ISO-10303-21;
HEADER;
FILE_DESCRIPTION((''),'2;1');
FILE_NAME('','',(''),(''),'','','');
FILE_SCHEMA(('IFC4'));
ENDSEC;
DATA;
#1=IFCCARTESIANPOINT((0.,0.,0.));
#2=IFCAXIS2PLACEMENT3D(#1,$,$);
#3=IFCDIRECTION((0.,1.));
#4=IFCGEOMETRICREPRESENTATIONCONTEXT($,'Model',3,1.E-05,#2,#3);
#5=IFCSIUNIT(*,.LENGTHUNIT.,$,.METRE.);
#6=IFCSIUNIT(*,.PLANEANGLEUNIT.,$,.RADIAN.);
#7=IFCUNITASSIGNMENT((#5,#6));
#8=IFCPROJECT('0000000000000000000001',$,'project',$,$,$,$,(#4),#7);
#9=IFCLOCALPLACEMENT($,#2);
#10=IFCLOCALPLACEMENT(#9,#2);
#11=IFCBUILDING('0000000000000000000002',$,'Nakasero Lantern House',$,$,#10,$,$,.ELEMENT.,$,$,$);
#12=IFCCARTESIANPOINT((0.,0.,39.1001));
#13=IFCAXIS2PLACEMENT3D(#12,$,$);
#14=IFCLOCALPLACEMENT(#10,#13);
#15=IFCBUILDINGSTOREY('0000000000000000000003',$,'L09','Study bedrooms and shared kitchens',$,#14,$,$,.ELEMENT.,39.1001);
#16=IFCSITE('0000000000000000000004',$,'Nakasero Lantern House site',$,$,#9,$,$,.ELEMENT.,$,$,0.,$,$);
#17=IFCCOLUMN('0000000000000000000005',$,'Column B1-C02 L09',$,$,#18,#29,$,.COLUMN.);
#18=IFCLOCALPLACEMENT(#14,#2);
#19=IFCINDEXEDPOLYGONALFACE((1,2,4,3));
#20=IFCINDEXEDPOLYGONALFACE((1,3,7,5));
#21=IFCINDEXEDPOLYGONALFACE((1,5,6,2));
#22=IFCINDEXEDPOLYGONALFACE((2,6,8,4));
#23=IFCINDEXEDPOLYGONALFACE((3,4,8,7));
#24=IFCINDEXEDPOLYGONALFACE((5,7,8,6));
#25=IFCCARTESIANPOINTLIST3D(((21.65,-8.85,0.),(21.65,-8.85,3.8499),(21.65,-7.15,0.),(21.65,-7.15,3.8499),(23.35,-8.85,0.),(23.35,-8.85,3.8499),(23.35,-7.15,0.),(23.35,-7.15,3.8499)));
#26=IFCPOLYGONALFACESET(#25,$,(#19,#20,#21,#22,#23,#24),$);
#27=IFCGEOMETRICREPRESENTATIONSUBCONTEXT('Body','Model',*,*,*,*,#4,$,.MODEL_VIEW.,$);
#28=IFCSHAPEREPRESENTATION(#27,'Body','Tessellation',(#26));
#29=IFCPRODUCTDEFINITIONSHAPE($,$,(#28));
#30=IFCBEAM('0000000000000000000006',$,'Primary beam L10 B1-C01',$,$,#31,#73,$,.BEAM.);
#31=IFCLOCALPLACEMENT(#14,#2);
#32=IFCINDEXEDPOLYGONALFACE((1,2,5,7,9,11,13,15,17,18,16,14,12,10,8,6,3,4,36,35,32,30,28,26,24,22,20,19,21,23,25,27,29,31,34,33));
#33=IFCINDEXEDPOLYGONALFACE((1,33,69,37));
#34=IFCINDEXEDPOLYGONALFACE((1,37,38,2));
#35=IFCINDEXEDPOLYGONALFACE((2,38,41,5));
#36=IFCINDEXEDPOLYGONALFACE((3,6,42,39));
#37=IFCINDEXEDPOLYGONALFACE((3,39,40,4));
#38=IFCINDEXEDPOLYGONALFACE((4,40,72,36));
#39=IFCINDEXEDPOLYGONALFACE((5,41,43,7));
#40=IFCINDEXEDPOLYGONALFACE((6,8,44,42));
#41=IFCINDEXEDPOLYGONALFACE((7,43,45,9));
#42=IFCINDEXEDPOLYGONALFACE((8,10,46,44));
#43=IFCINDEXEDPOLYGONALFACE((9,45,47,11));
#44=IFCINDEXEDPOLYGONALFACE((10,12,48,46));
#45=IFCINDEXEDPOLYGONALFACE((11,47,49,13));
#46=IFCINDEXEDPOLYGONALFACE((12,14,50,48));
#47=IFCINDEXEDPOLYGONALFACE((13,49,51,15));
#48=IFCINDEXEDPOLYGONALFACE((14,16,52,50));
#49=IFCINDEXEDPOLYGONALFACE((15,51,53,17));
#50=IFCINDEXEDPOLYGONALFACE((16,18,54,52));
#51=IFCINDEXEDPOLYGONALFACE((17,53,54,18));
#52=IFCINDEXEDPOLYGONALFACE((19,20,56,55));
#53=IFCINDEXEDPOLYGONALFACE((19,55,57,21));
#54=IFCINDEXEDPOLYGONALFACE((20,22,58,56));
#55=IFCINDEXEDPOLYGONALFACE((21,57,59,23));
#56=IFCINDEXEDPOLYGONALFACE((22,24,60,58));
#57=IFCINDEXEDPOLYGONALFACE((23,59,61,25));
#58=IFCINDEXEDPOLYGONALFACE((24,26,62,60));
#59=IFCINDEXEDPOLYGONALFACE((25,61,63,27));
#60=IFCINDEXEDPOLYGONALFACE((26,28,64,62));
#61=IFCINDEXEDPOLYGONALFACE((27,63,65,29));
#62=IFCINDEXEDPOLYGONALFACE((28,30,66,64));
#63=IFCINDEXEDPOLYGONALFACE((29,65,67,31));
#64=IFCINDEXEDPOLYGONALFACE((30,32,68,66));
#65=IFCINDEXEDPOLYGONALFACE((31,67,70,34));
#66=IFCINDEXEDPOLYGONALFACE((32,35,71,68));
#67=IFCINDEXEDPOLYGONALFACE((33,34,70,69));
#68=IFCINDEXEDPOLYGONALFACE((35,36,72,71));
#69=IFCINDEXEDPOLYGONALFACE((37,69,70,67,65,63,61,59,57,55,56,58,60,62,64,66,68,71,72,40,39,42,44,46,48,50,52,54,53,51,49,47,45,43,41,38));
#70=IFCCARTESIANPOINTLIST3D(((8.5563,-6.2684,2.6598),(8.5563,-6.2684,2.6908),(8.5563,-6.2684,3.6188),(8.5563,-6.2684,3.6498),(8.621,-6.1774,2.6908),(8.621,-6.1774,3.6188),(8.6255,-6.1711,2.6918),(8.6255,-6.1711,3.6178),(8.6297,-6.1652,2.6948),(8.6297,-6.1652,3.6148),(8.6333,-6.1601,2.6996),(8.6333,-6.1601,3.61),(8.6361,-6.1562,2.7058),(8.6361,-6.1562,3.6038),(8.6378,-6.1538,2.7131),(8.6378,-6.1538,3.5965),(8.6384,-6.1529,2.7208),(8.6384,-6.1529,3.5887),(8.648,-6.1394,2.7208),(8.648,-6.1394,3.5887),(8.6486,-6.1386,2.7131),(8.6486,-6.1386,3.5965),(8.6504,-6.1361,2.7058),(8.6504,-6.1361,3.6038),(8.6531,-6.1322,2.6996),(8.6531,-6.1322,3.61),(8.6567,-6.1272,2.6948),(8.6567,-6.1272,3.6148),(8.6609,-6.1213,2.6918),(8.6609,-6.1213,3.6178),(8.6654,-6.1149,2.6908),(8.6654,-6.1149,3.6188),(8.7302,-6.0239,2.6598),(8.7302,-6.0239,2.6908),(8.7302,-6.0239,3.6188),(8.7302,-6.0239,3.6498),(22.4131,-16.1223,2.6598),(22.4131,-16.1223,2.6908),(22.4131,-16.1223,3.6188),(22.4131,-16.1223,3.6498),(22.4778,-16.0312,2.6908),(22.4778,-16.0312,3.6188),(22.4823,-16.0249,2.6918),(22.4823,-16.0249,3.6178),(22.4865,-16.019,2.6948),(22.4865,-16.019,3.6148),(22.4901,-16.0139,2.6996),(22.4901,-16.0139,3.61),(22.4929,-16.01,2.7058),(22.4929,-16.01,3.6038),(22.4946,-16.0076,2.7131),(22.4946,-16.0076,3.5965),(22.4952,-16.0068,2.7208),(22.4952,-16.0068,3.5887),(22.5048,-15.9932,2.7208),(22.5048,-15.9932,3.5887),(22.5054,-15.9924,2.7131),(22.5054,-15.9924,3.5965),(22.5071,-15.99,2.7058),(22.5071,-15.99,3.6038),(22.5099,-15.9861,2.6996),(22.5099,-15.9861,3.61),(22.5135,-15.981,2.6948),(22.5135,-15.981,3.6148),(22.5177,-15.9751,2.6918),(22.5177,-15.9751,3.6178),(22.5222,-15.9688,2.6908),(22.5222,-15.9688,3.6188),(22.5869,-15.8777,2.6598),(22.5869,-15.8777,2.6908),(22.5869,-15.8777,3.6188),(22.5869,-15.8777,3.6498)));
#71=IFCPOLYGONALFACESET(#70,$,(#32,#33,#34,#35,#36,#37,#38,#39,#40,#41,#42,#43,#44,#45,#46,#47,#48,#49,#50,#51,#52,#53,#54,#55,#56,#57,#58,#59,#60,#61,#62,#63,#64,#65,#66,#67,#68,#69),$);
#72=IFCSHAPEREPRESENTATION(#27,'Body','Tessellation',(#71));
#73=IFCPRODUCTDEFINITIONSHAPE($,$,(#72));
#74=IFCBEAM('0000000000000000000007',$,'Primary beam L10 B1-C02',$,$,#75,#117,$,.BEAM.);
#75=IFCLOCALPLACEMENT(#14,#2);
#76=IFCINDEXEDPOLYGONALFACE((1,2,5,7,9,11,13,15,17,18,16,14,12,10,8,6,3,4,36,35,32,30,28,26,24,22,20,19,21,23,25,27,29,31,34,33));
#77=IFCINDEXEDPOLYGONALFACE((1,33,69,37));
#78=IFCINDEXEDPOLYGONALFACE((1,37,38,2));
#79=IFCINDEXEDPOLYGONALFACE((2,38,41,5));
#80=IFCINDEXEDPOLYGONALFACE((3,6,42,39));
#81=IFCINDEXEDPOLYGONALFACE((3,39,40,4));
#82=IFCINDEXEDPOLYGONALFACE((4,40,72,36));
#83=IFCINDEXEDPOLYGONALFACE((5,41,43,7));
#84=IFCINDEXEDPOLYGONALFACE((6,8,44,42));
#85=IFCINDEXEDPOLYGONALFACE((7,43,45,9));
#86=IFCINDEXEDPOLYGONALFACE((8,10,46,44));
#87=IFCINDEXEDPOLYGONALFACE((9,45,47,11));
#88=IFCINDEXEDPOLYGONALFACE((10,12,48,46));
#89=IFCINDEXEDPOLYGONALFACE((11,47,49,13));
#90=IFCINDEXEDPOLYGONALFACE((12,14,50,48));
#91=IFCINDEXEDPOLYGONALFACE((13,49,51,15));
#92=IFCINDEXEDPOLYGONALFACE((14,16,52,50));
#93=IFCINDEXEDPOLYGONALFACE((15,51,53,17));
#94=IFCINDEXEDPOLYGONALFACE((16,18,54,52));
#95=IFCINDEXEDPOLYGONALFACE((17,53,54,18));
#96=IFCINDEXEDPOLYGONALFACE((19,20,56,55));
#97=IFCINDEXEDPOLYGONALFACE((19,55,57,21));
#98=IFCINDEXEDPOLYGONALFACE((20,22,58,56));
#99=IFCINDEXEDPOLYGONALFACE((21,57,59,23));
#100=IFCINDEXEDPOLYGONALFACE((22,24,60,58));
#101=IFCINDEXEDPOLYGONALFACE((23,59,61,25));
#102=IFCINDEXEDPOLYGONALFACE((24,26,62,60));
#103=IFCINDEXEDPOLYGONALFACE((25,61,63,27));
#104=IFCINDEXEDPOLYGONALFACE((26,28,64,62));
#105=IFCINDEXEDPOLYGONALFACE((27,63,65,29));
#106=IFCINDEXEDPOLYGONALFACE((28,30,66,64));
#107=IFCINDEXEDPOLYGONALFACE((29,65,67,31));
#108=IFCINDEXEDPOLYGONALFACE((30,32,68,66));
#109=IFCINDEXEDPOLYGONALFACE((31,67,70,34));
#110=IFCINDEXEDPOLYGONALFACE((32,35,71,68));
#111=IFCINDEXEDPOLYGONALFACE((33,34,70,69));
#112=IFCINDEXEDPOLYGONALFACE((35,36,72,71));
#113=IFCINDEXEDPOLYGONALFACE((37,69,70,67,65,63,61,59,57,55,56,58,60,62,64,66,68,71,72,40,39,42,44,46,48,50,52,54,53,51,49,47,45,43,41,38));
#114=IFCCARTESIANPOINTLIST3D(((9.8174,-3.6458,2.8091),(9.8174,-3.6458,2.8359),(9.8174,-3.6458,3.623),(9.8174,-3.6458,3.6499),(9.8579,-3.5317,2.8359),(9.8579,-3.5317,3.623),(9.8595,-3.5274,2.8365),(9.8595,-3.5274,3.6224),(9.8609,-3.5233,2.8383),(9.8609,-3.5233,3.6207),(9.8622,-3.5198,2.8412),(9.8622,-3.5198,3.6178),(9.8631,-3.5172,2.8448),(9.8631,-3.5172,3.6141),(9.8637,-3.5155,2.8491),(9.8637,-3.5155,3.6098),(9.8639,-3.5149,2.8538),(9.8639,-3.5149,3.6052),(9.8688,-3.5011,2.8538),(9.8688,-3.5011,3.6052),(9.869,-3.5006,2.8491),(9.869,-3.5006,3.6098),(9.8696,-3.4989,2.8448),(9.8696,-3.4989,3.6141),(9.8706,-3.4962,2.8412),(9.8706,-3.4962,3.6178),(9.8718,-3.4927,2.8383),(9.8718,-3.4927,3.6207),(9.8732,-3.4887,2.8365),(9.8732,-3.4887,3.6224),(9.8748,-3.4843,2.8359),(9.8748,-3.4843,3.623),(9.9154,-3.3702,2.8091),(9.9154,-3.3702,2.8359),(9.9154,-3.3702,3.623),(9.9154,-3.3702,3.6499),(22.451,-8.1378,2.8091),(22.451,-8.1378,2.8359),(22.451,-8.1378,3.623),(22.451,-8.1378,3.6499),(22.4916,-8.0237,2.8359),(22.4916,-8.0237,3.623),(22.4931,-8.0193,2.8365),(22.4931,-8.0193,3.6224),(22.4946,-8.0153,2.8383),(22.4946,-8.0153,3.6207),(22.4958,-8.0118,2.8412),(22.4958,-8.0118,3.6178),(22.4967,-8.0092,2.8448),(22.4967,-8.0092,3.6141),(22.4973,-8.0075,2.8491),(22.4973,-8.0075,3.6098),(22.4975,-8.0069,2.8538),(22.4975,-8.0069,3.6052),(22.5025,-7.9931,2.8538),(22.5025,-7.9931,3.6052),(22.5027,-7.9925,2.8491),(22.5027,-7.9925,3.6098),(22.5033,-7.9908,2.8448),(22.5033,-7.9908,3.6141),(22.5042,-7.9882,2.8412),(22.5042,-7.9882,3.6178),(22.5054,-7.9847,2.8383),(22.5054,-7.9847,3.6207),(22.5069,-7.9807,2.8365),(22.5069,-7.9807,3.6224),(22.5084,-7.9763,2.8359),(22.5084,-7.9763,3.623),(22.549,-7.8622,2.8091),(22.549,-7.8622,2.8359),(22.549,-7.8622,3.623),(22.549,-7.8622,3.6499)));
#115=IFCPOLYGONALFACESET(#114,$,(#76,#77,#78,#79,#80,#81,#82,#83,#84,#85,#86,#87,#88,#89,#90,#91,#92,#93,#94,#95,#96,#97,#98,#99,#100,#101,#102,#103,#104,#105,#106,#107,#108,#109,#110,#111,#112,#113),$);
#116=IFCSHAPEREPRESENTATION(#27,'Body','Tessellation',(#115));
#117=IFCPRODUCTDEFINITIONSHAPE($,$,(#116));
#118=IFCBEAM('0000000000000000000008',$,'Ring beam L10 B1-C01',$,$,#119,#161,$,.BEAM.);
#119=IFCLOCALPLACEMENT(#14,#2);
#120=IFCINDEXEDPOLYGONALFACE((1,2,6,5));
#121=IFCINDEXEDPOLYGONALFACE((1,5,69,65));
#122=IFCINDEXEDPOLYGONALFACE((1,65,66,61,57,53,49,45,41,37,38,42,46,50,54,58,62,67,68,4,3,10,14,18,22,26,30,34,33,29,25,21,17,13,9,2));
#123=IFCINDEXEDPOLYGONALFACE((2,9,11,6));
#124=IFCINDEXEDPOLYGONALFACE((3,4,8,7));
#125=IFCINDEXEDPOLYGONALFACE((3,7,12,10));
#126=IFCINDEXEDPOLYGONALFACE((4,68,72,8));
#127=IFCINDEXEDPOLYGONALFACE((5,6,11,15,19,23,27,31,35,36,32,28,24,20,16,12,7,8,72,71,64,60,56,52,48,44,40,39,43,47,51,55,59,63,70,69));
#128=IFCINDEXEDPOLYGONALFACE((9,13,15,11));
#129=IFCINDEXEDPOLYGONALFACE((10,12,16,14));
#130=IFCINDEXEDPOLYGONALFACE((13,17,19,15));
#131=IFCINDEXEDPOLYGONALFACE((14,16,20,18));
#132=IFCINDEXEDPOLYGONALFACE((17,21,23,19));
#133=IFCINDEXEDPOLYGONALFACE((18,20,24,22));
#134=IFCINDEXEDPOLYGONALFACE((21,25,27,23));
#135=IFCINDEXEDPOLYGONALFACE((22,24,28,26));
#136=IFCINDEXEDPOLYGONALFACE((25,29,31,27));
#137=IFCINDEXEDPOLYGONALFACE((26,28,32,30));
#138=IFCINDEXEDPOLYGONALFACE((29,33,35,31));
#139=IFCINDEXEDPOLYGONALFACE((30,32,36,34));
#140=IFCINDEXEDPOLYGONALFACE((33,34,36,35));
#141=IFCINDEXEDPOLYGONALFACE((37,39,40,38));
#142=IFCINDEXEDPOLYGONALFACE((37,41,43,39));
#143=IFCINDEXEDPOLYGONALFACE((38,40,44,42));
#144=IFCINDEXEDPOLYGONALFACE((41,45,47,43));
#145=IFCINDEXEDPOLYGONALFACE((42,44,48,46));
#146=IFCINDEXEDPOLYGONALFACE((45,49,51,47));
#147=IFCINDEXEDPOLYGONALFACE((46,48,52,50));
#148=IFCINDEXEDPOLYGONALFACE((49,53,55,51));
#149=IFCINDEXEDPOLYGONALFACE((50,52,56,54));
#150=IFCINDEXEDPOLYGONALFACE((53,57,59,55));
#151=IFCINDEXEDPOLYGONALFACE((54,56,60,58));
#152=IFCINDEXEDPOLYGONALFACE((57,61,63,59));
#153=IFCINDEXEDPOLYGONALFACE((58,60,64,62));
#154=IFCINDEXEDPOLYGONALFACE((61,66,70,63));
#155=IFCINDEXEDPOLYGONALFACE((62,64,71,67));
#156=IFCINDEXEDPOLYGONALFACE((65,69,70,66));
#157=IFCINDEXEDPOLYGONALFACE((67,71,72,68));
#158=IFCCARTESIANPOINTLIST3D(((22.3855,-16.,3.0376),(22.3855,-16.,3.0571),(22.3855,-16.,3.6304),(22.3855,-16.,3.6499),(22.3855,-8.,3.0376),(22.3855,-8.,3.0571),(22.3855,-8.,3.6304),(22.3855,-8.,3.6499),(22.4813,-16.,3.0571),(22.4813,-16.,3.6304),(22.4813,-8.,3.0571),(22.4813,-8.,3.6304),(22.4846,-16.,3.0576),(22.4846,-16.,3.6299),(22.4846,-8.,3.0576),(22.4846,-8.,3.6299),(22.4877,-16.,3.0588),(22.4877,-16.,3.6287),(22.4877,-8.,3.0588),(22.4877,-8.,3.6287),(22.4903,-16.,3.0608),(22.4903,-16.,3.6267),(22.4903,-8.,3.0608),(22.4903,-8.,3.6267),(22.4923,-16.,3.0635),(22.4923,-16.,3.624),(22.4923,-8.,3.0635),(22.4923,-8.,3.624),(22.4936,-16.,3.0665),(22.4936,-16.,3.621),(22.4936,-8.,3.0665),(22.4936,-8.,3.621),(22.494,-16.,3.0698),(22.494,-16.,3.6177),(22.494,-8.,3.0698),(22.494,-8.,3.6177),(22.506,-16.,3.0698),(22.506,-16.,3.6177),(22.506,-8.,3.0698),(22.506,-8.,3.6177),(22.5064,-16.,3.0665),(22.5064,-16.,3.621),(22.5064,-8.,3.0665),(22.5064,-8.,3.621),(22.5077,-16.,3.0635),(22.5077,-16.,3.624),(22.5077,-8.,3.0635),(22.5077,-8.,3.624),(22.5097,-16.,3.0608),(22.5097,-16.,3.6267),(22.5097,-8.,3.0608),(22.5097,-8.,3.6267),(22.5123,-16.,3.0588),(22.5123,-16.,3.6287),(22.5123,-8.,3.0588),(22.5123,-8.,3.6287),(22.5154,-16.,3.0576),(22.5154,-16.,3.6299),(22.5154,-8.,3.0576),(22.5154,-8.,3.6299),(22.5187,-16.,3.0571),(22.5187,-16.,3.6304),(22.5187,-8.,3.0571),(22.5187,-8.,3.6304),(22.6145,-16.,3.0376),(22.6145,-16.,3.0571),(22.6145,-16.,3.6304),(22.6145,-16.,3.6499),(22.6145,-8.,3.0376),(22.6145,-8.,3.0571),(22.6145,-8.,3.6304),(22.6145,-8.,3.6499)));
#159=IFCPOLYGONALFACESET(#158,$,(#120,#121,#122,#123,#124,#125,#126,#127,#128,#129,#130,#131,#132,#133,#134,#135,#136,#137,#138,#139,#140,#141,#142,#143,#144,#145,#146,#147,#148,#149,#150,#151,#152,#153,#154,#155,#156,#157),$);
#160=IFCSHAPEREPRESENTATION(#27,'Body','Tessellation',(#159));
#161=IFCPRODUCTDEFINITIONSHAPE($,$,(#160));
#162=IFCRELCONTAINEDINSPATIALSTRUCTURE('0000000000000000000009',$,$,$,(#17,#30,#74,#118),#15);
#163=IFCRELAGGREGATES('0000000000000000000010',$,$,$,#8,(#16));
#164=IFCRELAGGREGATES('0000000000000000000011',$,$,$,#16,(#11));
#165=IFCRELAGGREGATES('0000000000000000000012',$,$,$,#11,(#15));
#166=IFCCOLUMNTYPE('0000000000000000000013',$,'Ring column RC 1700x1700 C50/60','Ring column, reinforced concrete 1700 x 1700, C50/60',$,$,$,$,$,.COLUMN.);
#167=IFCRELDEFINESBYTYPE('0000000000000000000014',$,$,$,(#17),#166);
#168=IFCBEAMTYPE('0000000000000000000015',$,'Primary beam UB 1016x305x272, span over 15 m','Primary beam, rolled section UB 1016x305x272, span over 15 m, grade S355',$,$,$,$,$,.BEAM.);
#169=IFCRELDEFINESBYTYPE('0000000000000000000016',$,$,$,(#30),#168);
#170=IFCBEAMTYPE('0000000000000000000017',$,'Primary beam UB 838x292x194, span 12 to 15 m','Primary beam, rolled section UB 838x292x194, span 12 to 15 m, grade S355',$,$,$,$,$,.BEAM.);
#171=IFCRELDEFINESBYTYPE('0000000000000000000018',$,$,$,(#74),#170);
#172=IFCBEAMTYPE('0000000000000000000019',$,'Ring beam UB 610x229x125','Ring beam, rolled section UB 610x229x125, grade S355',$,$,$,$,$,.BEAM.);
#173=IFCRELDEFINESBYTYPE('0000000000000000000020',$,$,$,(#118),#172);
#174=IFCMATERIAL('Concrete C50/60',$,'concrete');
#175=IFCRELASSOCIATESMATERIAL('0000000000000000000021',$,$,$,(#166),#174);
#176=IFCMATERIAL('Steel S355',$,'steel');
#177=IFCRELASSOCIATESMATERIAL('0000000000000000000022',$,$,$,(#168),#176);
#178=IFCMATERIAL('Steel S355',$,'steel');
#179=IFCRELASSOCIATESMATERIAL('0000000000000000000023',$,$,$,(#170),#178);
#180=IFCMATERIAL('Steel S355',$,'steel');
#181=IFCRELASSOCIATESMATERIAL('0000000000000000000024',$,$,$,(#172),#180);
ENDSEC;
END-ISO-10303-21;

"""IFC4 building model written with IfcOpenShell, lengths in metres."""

from ifc_helpers import new_model, si_unit, direction, frame, origin, origin_2d, place, context, subcontext, project, spatial, rectangle, i_section, extrude, material, material_profile, profile_set, type_object, element, save


model = new_model("IFC4")

# Units and contexts
model_context = context("Model", 3, precision=1e-05, world=origin(), true_north=direction((0.0, 1.0)))
body_context = subcontext(model_context, "Body", "Model", "MODEL_VIEW")
ifc_project = project(units=[si_unit("LENGTHUNIT", "METRE"), si_unit("PLANEANGLEUNIT", "RADIAN")], contexts=[model_context])

# Site, building, storey
site_placement = place(None, origin())
site = spatial("IfcSite", under=ifc_project, at=site_placement, Name="Nakasero Lantern House site", CompositionType="ELEMENT", RefElevation=0.0)
building_placement = place(site_placement, origin())
building = spatial("IfcBuilding", under=site, at=building_placement, Name="Nakasero Lantern House", CompositionType="ELEMENT")
storey_placement = place(building_placement, frame((0.0, 0.0, 39.1001)))
storey = spatial("IfcBuildingStorey", under=building, at=storey_placement, Name="L09", Description="Study bedrooms and shared kitchens", CompositionType="ELEMENT", Elevation=39.1001)

# Column
ifc_material_1 = material(Name="Concrete C50/60", Category="concrete")
ifc_material_profile_1 = material_profile(ifc_material_1, rectangle(XDim=1.7, YDim=1.7, at=origin_2d()), Name="RC 1700x1700")
ifc_profile_set_1 = profile_set([ifc_material_profile_1], Name="Concrete C50/60")
column_type = type_object("IfcColumnType", Name="Ring column RC 1700x1700 C50/60", Description="Ring column, reinforced concrete 1700 x 1700, C50/60", PredefinedType="COLUMN", material=ifc_profile_set_1)
column_placement = place(storey_placement, frame((22.5, -8.0, 0.0), z_axis=(0.0, 0.0, 1.0), x_axis=(1.0, 0.0, 0.0)))
element("IfcColumn", 1, at=column_placement, inside=storey, type_object=column_type, Name="Column B1-C02 L09", PredefinedType="COLUMN", context=body_context, shape_type="SweptSolid", body=[
    extrude(rectangle(XDim=1.7, YDim=1.7, at=origin_2d()), origin(), (0.0, 0.0, 1.0), 3.8499),
])

# Beams
ifc_material_2 = material(Name="Steel S355", Category="steel")
ifc_material_profile_2 = material_profile(ifc_material_2, i_section(OverallWidth=0.3, OverallDepth=0.99, WebThickness=0.0166, FlangeThickness=0.031, FilletRadius=0.03, at=origin_2d()), Name="UB 1016x305x272")
ifc_profile_set_2 = profile_set([ifc_material_profile_2], Name="Steel S355")
beam_type_1 = type_object("IfcBeamType", Name="Primary beam UB 1016x305x272, span over 15 m", Description="Primary beam, rolled section UB 1016x305x272, span over 15 m, grade S355", PredefinedType="BEAM", material=ifc_profile_set_2)
beam_1_placement = place(storey_placement, frame((22.5, -16.0, 3.1548), z_axis=(-0.814952, 0.579528, 0.0), x_axis=(-0.579528, -0.814952, 0.0)))
element("IfcBeam", 2, at=beam_1_placement, inside=storey, type_object=beam_type_1, Name="Primary beam L10 B1-C01", PredefinedType="BEAM", context=body_context, shape_type="SweptSolid", body=[
    extrude(i_section(OverallWidth=0.3, OverallDepth=0.99, WebThickness=0.0166, FlangeThickness=0.031, FilletRadius=0.03, at=origin_2d()), origin(), (0.0, 0.0, 1.0), 17.0032),
])
ifc_material_3 = material(Name="Steel S355", Category="steel")
ifc_material_profile_3 = material_profile(ifc_material_3, i_section(OverallWidth=0.2925, OverallDepth=0.8408, WebThickness=0.0146, FlangeThickness=0.0269, FilletRadius=0.0178, at=origin_2d()), Name="UB 838x292x194")
ifc_profile_set_3 = profile_set([ifc_material_profile_3], Name="Steel S355")
beam_type_2 = type_object("IfcBeamType", Name="Primary beam UB 838x292x194, span 12 to 15 m", Description="Primary beam, rolled section UB 838x292x194, span 12 to 15 m, grade S355", PredefinedType="BEAM", material=ifc_profile_set_3)
beam_2_placement = place(storey_placement, frame((22.5, -8.0, 3.2295), z_axis=(-0.942214, 0.335011, 0.0), x_axis=(-0.335011, -0.942214, 0.0)))
element("IfcBeam", 3, at=beam_2_placement, inside=storey, type_object=beam_type_2, Name="Primary beam L10 B1-C02", PredefinedType="BEAM", context=body_context, shape_type="SweptSolid", body=[
    extrude(i_section(OverallWidth=0.2925, OverallDepth=0.8408, WebThickness=0.0146, FlangeThickness=0.0269, FilletRadius=0.0178, at=origin_2d()), origin(), (0.0, 0.0, 1.0), 13.4084),
])
ifc_material_4 = material(Name="Steel S355", Category="steel")
ifc_material_profile_4 = material_profile(ifc_material_4, i_section(OverallWidth=0.229, OverallDepth=0.6123, WebThickness=0.012, FlangeThickness=0.0195, FilletRadius=0.0127, at=origin_2d()), Name="UB 610x229x125")
ifc_profile_set_4 = profile_set([ifc_material_profile_4], Name="Steel S355")
beam_type_3 = type_object("IfcBeamType", Name="Ring beam UB 610x229x125", Description="Ring beam, rolled section UB 610x229x125, grade S355", PredefinedType="BEAM", material=ifc_profile_set_4)
for number, where, z_axis, x_axis, name in (
    (4, (22.5, -16.0, 3.3438), (0.0, 1.0, 0.0), (-1.0, 0.0, 0.0), "Ring beam L10 B1-C01"),
):
    element("IfcBeam", number, at=place(storey_placement, frame(where, z_axis=z_axis, x_axis=x_axis)), inside=storey, type_object=beam_type_3, Name=name, PredefinedType="BEAM", context=body_context, shape_type="SweptSolid", body=[
        extrude(i_section(OverallWidth=0.229, OverallDepth=0.6123, WebThickness=0.012, FlangeThickness=0.0195, FilletRadius=0.0127, at=origin_2d()), origin(), (0.0, 0.0, 1.0), 8.0),
    ])

save(model, "model.ifc")
